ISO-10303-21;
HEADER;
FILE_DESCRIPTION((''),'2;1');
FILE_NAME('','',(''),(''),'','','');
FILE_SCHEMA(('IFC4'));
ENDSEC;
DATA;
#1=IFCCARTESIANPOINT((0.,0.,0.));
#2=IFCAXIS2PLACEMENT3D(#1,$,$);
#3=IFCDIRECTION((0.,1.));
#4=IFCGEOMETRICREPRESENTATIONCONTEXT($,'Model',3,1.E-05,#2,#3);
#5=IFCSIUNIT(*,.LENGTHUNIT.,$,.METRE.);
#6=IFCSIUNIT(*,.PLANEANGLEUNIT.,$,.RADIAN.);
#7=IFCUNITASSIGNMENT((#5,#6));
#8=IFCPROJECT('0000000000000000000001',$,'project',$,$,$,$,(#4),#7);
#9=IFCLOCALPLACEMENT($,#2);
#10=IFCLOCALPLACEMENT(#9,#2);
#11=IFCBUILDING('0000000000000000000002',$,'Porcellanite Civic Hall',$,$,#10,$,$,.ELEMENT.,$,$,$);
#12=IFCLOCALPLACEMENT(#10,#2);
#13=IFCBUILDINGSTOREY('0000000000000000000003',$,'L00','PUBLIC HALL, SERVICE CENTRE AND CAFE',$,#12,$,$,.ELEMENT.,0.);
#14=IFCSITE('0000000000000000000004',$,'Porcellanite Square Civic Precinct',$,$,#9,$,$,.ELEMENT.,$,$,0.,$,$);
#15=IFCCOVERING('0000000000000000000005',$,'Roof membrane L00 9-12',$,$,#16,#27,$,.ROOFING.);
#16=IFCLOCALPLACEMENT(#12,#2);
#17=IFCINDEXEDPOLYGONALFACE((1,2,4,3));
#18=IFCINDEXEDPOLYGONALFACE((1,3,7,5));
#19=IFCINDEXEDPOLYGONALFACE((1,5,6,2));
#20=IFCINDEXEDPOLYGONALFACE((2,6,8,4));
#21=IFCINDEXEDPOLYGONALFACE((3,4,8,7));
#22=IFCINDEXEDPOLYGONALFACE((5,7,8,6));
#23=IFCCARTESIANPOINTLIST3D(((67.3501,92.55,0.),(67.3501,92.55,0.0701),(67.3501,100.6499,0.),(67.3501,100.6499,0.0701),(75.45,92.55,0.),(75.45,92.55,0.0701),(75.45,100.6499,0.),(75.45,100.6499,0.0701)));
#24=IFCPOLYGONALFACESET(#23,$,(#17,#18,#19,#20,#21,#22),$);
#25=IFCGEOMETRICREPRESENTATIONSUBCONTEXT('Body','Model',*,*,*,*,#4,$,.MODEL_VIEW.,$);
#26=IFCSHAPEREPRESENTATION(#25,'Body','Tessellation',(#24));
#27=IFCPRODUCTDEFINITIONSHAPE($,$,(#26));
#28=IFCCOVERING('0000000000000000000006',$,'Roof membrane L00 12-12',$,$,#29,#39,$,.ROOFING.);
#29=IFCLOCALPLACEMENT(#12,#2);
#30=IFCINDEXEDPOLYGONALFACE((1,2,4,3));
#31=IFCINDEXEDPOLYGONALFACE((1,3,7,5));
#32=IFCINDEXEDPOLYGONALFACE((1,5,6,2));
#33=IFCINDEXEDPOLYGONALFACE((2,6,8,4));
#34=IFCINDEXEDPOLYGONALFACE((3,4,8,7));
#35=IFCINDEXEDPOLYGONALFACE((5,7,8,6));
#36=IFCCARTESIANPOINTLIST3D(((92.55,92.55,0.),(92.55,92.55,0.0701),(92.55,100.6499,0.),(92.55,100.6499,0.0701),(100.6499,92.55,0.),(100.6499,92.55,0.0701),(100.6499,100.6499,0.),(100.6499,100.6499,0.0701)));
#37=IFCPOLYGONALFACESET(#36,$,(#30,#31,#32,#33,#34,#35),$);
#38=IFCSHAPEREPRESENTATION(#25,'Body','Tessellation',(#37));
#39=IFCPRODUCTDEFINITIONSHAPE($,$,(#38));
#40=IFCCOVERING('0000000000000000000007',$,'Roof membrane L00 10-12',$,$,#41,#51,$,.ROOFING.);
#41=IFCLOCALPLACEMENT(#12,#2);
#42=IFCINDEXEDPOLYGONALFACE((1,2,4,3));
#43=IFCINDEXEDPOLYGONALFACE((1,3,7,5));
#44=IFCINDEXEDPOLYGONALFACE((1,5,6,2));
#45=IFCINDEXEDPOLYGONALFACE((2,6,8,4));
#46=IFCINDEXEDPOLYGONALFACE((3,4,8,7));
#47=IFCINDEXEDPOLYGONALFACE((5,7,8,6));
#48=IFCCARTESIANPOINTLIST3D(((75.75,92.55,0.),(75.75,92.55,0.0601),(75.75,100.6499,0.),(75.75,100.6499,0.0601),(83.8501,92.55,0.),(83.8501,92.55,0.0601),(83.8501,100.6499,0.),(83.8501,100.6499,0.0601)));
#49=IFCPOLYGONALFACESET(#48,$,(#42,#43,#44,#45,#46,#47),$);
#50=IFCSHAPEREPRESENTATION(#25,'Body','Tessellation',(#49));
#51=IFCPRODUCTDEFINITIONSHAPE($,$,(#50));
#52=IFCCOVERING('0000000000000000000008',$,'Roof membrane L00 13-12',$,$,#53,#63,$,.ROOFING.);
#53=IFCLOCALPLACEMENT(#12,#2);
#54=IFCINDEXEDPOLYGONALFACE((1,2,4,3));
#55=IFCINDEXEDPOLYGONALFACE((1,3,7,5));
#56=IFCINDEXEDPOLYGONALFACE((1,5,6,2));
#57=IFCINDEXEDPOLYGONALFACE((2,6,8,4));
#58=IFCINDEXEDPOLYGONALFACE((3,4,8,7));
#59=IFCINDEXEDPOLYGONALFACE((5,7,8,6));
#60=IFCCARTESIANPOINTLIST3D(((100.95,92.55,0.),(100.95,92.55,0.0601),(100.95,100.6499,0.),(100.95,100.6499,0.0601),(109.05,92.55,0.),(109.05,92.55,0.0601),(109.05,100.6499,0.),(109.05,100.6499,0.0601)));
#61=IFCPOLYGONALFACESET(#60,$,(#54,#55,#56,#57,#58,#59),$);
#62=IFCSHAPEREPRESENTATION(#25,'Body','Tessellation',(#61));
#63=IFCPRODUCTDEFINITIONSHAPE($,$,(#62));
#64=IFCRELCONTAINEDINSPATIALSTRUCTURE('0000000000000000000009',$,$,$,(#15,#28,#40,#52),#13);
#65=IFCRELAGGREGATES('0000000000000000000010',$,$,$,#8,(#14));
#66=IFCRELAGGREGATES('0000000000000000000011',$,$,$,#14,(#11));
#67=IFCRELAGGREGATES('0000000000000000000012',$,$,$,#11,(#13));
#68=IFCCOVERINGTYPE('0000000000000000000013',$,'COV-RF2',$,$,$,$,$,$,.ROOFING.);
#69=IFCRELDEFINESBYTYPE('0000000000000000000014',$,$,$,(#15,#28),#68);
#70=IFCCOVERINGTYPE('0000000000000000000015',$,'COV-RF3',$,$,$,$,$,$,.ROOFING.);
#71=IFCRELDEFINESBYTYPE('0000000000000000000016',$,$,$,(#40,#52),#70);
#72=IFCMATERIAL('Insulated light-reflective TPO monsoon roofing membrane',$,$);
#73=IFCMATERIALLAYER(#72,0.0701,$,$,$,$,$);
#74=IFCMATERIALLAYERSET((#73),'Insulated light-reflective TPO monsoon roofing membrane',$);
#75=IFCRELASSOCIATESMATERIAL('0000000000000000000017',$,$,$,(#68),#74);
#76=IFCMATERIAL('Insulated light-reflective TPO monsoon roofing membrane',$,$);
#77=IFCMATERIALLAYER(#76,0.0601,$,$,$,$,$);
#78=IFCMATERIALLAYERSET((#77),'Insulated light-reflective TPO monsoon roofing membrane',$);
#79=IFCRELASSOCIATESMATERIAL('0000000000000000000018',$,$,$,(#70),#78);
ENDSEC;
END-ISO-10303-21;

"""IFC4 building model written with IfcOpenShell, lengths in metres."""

from ifc_helpers import new_model, si_unit, direction, origin, place, context, subcontext, project, spatial, polyline, outline, extrude, material, layer, layer_set, type_object, element, save


model = new_model("IFC4")

# Units and contexts
model_context = context("Model", 3, precision=1e-05, world=origin(), true_north=direction((0.0, 1.0)))
body_context = subcontext(model_context, "Body", "Model", "MODEL_VIEW")
ifc_project = project(units=[si_unit("LENGTHUNIT", "METRE"), si_unit("PLANEANGLEUNIT", "RADIAN")], contexts=[model_context])

# Site, building, storey
site_placement = place(None, origin())
site = spatial("IfcSite", under=ifc_project, at=site_placement, Name="Porcellanite Square Civic Precinct", CompositionType="ELEMENT", RefElevation=0.0)
building_placement = place(site_placement, origin())
building = spatial("IfcBuilding", under=site, at=building_placement, Name="Porcellanite Civic Hall", CompositionType="ELEMENT")
storey_placement = place(building_placement, origin())
storey = spatial("IfcBuildingStorey", under=building, at=storey_placement, Name="L00", Description="PUBLIC HALL, SERVICE CENTRE AND CAFE", CompositionType="ELEMENT", Elevation=0.0)

# Coverings
ifc_material_1 = material(Name="Insulated light-reflective TPO monsoon roofing membrane")
ifc_layer_1 = layer(ifc_material_1, 0.0701)
ifc_layer_set_1 = layer_set([ifc_layer_1], Name="Insulated light-reflective TPO monsoon roofing membrane")
covering_type_1 = type_object("IfcCoveringType", Name="COV-RF2", PredefinedType="ROOFING", material=ifc_layer_set_1)
covering_1_placement = place(storey_placement, origin())
element("IfcCovering", 1, at=covering_1_placement, inside=storey, type_object=covering_type_1, Name="Roof membrane L00 9-12", PredefinedType="ROOFING", context=body_context, shape_type="SweptSolid", body=[
    extrude(outline(polyline([(67.3501, 92.55), (75.45, 92.55), (75.45, 100.6499), (67.3501, 100.6499), (67.3501, 92.55)])), origin(), (0.0, 0.0, 1.0), 0.0701),
])
covering_2_placement = place(storey_placement, origin())
element("IfcCovering", 2, at=covering_2_placement, inside=storey, type_object=covering_type_1, Name="Roof membrane L00 12-12", PredefinedType="ROOFING", context=body_context, shape_type="SweptSolid", body=[
    extrude(outline(polyline([(92.55, 92.55), (100.6499, 92.55), (100.6499, 100.6499), (92.55, 100.6499), (92.55, 92.55)])), origin(), (0.0, 0.0, 1.0), 0.0701),
])
ifc_material_2 = material(Name="Insulated light-reflective TPO monsoon roofing membrane")
ifc_layer_2 = layer(ifc_material_2, 0.0601)
ifc_layer_set_2 = layer_set([ifc_layer_2], Name="Insulated light-reflective TPO monsoon roofing membrane")
covering_type_2 = type_object("IfcCoveringType", Name="COV-RF3", PredefinedType="ROOFING", material=ifc_layer_set_2)
covering_3_placement = place(storey_placement, origin())
element("IfcCovering", 3, at=covering_3_placement, inside=storey, type_object=covering_type_2, Name="Roof membrane L00 10-12", PredefinedType="ROOFING", context=body_context, shape_type="SweptSolid", body=[
    extrude(outline(polyline([(75.75, 92.55), (83.8501, 92.55), (83.8501, 100.6499), (75.75, 100.6499), (75.75, 92.55)])), origin(), (0.0, 0.0, 1.0), 0.0601),
])
covering_4_placement = place(storey_placement, origin())
element("IfcCovering", 4, at=covering_4_placement, inside=storey, type_object=covering_type_2, Name="Roof membrane L00 13-12", PredefinedType="ROOFING", context=body_context, shape_type="SweptSolid", body=[
    extrude(outline(polyline([(100.95, 92.55), (109.05, 92.55), (109.05, 100.6499), (100.95, 100.6499), (100.95, 92.55)])), origin(), (0.0, 0.0, 1.0), 0.0601),
])

save(model, "model.ifc")
